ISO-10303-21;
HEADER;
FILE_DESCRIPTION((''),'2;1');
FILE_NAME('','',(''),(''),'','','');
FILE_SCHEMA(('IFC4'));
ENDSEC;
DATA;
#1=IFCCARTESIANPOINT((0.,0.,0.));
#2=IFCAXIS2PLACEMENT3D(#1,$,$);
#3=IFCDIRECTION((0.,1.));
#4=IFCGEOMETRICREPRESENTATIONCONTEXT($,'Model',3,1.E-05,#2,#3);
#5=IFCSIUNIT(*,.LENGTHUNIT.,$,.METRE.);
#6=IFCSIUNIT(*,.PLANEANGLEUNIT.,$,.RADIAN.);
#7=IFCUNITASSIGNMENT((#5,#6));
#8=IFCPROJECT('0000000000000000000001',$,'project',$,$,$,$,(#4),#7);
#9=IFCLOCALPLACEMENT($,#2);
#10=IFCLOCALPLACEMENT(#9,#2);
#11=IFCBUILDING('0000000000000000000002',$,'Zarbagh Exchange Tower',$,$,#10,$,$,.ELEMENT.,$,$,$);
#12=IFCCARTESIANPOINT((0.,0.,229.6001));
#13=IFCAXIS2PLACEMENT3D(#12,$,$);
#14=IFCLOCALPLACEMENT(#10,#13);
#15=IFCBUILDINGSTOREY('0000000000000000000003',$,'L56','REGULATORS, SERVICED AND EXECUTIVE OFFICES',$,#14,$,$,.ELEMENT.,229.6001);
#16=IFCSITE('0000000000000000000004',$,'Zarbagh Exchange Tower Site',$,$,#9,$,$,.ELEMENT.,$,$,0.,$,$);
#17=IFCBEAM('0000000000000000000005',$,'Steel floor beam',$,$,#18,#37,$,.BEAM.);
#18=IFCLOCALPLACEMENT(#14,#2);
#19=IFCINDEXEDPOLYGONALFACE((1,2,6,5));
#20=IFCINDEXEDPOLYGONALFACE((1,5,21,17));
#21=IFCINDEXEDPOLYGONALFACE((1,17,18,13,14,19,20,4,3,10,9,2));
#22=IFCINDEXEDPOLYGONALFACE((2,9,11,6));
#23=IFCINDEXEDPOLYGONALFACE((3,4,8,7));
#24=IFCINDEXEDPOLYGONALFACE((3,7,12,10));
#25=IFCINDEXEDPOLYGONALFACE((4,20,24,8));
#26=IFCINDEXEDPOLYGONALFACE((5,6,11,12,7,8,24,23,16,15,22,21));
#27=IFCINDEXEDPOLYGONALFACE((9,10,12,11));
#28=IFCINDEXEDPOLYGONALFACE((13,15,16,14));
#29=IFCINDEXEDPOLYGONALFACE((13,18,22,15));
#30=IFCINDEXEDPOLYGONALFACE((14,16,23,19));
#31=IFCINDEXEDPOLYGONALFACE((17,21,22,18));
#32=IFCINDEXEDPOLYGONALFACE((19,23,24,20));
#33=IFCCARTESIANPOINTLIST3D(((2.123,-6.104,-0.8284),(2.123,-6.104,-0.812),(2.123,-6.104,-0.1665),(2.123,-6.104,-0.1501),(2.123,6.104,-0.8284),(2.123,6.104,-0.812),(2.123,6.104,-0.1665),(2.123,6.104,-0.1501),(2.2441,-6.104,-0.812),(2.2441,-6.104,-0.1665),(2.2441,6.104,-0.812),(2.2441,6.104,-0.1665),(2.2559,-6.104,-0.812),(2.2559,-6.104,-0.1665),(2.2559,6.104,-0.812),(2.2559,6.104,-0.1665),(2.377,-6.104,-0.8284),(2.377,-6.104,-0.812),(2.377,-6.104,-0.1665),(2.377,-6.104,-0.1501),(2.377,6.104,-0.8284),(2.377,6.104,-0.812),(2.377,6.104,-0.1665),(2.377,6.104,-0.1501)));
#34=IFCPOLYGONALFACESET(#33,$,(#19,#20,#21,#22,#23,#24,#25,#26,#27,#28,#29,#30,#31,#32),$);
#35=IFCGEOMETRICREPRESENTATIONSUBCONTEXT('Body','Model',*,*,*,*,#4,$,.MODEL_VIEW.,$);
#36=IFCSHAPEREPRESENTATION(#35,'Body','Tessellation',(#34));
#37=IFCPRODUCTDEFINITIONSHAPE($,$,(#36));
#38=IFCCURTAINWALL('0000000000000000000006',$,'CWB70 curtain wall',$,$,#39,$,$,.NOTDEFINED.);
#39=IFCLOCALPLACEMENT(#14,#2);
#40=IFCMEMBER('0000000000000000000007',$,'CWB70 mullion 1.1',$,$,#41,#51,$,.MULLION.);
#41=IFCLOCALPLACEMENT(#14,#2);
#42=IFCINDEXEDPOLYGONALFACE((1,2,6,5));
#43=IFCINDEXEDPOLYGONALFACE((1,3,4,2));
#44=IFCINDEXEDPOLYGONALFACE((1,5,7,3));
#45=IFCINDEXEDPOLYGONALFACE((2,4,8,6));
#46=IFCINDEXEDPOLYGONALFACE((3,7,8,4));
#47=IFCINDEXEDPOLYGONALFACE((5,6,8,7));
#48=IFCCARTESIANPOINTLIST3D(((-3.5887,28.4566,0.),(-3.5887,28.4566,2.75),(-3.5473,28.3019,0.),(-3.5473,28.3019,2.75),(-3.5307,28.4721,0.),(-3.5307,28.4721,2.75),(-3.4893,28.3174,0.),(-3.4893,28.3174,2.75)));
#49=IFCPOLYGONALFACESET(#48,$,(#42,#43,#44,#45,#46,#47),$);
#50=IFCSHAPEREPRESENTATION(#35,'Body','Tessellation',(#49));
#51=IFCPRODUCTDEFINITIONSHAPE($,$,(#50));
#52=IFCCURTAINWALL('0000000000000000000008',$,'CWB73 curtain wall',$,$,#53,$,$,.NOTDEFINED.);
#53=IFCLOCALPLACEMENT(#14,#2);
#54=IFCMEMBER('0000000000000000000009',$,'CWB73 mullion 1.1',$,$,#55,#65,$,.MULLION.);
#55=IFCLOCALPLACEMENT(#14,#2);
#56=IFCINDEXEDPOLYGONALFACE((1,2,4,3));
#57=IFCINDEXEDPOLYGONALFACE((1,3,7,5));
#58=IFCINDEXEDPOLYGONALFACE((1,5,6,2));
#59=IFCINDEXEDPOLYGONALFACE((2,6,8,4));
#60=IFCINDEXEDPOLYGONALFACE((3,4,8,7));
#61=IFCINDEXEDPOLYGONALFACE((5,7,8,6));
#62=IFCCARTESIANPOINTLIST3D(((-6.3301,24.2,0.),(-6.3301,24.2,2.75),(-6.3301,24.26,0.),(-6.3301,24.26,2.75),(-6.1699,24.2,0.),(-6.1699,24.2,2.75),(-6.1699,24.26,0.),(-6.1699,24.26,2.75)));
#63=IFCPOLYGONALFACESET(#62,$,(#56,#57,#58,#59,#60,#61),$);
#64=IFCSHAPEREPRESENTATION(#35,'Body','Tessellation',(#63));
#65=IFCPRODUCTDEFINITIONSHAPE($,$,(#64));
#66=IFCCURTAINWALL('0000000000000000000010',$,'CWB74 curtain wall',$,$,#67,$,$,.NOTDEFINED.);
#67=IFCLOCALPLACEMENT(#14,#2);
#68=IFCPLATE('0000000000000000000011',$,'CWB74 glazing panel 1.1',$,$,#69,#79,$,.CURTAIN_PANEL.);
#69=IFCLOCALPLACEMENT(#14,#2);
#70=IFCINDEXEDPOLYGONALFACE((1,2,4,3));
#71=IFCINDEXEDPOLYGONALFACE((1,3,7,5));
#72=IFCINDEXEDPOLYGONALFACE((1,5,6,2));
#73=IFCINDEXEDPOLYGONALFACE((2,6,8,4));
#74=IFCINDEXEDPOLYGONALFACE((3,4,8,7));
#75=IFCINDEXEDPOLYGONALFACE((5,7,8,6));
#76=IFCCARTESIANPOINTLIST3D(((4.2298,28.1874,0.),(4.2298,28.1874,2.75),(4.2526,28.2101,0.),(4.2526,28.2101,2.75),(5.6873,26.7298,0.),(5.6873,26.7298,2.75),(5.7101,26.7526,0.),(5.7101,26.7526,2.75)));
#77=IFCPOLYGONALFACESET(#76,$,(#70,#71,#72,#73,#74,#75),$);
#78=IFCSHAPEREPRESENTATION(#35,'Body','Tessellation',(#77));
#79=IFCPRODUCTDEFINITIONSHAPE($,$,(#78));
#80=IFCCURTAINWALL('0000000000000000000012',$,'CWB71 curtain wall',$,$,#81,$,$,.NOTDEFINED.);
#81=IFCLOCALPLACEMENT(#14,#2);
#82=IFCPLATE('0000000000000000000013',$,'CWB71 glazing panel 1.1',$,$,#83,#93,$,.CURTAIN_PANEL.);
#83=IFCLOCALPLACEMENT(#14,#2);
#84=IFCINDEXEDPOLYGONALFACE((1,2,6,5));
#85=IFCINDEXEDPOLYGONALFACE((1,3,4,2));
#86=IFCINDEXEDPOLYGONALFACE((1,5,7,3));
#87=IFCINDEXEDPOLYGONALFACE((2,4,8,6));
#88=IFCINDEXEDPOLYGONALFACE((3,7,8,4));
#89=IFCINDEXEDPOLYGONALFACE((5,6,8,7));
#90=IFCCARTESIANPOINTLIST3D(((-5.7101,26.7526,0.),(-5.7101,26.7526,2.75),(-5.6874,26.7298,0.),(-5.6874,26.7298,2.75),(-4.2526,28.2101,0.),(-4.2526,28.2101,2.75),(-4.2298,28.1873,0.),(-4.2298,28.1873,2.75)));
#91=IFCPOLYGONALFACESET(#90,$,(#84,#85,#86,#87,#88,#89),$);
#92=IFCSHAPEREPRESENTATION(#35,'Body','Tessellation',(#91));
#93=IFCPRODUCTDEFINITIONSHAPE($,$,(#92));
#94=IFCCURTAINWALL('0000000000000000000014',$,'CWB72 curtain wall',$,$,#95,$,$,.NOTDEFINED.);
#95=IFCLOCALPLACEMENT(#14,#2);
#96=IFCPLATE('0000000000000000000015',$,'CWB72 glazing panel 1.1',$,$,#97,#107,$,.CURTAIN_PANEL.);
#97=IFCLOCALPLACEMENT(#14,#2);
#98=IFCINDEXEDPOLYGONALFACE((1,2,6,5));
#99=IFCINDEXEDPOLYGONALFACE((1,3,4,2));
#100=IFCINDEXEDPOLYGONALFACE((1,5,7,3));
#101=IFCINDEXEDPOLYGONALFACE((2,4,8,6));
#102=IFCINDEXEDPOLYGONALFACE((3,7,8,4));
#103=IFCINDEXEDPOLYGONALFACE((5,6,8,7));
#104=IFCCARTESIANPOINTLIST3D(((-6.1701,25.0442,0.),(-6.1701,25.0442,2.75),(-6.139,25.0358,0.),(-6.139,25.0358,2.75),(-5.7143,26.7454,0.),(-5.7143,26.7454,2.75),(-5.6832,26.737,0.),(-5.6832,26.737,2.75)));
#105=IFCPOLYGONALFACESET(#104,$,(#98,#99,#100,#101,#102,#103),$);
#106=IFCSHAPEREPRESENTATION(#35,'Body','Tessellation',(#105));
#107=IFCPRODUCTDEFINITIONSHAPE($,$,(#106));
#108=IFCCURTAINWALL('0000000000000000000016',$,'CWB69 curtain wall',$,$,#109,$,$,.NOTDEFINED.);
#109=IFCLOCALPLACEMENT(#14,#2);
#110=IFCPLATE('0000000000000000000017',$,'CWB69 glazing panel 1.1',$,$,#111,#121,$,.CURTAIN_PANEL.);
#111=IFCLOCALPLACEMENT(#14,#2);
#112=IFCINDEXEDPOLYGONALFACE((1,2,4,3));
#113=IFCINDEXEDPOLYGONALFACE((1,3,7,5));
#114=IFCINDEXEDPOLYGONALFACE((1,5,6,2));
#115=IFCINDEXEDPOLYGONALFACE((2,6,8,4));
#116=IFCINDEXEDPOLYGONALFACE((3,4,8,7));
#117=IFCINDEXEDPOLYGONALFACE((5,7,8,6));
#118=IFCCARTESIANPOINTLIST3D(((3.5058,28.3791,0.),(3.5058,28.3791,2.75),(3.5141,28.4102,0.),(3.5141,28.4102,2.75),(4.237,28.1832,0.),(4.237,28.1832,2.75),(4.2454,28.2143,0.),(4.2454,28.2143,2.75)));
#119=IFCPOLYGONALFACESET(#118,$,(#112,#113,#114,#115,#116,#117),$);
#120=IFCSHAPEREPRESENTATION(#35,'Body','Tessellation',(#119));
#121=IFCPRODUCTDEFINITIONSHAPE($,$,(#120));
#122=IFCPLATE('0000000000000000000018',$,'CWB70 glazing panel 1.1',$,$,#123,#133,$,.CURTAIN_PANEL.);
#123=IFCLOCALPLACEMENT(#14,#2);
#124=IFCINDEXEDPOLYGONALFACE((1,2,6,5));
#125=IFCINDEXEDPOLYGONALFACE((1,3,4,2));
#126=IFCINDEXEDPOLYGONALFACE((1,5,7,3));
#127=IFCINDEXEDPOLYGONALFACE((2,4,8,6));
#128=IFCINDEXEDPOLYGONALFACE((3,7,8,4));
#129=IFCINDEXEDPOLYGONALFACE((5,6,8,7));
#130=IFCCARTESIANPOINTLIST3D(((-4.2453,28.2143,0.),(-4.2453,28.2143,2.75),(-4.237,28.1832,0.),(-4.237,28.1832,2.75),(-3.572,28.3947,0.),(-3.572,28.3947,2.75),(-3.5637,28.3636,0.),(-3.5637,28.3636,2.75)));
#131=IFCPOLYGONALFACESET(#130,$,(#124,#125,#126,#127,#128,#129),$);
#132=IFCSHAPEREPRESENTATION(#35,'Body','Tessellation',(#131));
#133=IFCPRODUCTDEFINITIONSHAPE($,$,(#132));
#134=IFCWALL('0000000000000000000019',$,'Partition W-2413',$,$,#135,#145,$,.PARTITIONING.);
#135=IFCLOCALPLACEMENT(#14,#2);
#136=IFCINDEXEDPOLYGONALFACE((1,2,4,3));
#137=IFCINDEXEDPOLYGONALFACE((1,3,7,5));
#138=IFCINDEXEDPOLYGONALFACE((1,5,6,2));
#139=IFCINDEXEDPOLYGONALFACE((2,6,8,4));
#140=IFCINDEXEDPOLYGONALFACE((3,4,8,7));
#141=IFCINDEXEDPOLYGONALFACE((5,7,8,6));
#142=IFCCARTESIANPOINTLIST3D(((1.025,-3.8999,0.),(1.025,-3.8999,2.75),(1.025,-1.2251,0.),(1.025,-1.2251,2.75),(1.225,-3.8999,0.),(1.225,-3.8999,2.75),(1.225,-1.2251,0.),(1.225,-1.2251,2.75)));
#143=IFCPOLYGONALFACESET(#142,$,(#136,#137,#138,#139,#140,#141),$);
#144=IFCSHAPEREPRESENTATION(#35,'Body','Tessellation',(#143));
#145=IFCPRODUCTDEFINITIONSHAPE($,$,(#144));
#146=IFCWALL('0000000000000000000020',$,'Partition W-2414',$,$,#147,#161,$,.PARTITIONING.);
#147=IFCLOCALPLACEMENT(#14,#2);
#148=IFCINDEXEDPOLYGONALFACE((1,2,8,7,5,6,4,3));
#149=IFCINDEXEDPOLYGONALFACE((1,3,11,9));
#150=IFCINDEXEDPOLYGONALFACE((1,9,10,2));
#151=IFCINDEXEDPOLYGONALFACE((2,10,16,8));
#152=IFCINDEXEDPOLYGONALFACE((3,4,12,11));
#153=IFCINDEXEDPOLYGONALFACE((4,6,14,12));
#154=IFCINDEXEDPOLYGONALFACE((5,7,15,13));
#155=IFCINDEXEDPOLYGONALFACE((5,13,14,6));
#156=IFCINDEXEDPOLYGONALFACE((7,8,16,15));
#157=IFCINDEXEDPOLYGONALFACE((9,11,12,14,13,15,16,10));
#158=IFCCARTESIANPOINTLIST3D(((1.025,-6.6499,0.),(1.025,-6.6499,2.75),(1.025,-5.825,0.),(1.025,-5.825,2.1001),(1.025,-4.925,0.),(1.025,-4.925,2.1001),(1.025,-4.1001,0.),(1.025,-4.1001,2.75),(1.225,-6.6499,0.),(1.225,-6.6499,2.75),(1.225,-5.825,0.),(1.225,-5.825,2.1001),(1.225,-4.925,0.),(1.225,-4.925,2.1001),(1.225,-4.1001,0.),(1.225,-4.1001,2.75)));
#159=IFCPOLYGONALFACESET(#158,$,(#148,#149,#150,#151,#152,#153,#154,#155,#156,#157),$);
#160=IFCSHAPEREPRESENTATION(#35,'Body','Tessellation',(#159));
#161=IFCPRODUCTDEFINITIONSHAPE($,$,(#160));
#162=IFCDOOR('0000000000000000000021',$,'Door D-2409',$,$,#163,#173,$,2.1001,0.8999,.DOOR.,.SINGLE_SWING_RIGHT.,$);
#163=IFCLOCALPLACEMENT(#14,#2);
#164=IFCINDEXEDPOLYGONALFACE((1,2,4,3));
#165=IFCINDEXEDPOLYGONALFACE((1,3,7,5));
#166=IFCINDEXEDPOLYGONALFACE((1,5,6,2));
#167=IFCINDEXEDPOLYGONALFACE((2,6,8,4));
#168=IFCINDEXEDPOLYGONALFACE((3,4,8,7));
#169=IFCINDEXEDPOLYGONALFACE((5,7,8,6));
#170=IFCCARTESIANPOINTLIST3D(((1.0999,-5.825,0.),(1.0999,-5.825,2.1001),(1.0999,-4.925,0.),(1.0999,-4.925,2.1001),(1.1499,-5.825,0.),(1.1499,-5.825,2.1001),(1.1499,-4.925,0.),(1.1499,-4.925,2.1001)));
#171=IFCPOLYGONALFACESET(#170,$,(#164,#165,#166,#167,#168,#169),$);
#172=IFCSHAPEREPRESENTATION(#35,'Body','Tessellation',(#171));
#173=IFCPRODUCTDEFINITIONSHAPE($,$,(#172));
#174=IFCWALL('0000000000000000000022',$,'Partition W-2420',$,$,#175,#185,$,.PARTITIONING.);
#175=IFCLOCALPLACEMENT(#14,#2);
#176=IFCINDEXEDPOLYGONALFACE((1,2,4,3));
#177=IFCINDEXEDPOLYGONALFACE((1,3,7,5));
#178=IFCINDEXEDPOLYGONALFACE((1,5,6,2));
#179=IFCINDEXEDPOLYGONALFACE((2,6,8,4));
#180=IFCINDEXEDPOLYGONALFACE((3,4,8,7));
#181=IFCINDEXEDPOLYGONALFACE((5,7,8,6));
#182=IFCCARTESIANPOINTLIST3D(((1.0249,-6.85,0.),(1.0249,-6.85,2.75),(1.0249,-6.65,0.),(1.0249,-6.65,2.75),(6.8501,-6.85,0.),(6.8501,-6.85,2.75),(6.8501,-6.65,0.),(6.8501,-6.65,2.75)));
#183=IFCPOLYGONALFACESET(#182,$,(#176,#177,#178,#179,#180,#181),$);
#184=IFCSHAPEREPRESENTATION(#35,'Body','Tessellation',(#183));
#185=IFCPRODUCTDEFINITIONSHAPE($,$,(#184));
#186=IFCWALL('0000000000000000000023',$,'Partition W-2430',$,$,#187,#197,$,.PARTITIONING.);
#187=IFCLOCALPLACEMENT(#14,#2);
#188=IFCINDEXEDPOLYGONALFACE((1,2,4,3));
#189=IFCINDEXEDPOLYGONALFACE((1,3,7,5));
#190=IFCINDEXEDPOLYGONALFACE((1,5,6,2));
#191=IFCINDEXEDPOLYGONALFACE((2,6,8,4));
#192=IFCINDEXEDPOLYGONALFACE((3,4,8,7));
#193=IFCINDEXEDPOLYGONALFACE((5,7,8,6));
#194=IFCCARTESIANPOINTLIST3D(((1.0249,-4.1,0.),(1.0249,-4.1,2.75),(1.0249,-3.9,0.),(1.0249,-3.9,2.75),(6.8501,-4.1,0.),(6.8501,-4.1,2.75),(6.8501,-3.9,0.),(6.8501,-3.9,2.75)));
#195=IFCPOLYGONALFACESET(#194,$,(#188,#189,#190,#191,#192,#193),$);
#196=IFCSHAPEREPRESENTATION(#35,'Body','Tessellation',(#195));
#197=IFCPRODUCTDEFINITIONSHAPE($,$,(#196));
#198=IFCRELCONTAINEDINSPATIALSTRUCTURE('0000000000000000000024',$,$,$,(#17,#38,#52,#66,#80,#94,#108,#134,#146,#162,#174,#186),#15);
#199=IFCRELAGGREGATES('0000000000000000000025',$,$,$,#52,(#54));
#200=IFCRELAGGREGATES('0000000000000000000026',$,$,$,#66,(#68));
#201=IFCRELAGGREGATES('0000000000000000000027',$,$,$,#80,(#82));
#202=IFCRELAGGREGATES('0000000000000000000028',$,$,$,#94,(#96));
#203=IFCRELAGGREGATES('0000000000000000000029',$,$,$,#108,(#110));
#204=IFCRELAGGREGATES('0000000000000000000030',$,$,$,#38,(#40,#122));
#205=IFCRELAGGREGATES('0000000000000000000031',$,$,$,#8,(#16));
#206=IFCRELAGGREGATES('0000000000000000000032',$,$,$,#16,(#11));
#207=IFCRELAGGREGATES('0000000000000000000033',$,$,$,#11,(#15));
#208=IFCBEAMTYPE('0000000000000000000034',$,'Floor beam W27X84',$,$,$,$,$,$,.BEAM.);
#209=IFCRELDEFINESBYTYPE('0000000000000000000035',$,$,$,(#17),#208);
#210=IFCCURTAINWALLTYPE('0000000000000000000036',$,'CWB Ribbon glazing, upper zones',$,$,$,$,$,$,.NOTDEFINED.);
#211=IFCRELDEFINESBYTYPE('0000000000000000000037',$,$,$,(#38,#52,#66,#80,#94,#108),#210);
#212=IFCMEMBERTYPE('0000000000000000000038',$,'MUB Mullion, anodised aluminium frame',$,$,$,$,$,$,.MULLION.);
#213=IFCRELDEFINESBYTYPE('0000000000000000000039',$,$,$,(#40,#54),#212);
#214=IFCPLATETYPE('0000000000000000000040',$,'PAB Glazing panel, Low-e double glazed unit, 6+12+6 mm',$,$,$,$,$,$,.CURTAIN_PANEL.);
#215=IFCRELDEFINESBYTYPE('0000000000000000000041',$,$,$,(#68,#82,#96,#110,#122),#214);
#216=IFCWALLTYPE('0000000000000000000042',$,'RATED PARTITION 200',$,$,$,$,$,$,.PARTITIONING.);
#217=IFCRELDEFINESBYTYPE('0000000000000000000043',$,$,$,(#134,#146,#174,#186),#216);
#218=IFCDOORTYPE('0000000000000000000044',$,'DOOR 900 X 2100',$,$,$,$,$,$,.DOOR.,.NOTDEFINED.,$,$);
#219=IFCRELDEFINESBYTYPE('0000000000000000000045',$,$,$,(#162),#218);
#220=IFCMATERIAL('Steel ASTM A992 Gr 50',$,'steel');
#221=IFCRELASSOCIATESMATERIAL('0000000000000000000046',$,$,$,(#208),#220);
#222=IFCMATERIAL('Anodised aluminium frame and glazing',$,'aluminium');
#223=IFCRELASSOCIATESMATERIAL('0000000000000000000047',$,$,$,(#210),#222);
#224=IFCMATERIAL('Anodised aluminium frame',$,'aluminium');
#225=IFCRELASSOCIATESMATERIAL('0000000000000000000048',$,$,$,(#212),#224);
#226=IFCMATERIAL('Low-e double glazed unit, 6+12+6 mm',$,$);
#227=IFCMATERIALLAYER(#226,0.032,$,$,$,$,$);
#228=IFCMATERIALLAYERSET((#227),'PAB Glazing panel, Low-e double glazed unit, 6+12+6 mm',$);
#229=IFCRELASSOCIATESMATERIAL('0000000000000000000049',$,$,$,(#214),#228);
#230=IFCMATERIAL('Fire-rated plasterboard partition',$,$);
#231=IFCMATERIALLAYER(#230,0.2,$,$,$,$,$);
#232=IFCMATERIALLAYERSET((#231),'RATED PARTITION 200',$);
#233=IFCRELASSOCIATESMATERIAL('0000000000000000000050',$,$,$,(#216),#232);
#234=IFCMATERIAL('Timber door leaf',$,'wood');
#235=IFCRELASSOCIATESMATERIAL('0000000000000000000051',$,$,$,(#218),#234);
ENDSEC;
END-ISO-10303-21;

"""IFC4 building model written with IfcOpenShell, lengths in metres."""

from ifc_helpers import new_model, si_unit, direction, frame, frame_2d, origin, origin_2d, place, context, subcontext, project, spatial, polyline, rectangle, i_section, outline, extrude, source, transform, mapped, material, layer, layer_set, material_profile, profile_set, type_object, element, fill, aggregate, save


model = new_model("IFC4")

# Units and contexts
model_context = context("Model", 3, precision=1e-05, world=origin(), true_north=direction((0.0, 1.0)))
body_context = subcontext(model_context, "Body", "Model", "MODEL_VIEW")
ifc_project = project(units=[si_unit("LENGTHUNIT", "METRE"), si_unit("PLANEANGLEUNIT", "RADIAN")], contexts=[model_context])

# Site, building, storey
site_placement = place(None, origin())
site = spatial("IfcSite", under=ifc_project, at=site_placement, Name="Zarbagh Exchange Tower Site", CompositionType="ELEMENT", RefElevation=0.0)
building_placement = place(site_placement, origin())
building = spatial("IfcBuilding", under=site, at=building_placement, Name="Zarbagh Exchange Tower", CompositionType="ELEMENT")
storey_placement = place(building_placement, frame((0.0, 0.0, 229.6001)))
storey = spatial("IfcBuildingStorey", under=building, at=storey_placement, Name="L56", Description="REGULATORS, SERVICED AND EXECUTIVE OFFICES", CompositionType="ELEMENT", Elevation=229.6001)

# Beam
ifc_material_1 = material(Name="Steel ASTM A992 Gr 50", Category="steel")
ifc_material_profile = material_profile(ifc_material_1, i_section(OverallWidth=0.2539, OverallDepth=0.6782, WebThickness=0.0117, FlangeThickness=0.0164, at=origin_2d()), Name="W27X84")
ifc_profile_set = profile_set([ifc_material_profile], Name="Steel ASTM A992 Gr 50")
beam_type = type_object("IfcBeamType", Name="Floor beam W27X84", PredefinedType="BEAM", material=ifc_profile_set)
beam_placement = place(storey_placement, frame((2.25, -6.104, -0.4893), z_axis=(0.0, 1.0, 0.0), x_axis=(-1.0, 0.0, 0.0)))
element("IfcBeam", 1, at=beam_placement, inside=storey, type_object=beam_type, Name="Steel floor beam", PredefinedType="BEAM", context=body_context, shape_type="SweptSolid", body=[
    extrude(i_section(OverallWidth=0.2539, OverallDepth=0.6782, WebThickness=0.0117, FlangeThickness=0.0164, at=origin_2d()), origin(), (0.0, 0.0, 1.0), 12.208),
])

# Curtain walls, members
ifc_material_2 = material(Name="Anodised aluminium frame and glazing", Category="aluminium")
curtain_wall_type = type_object("IfcCurtainWallType", Name="CWB Ribbon glazing, upper zones", PredefinedType="NOTDEFINED", material=ifc_material_2)
curtain_wall_1_placement = place(storey_placement, origin())
curtain_wall_1 = element("IfcCurtainWall", 2, at=curtain_wall_1_placement, inside=storey, type_object=curtain_wall_type, Name="CWB70 curtain wall", PredefinedType="NOTDEFINED")
ifc_material_3 = material(Name="Anodised aluminium frame", Category="aluminium")
member_type = type_object("IfcMemberType", Name="MUB Mullion, anodised aluminium frame", PredefinedType="MULLION", material=ifc_material_3)
shared_shape_1 = source(origin(), body_context, "Body", "SweptSolid", [
    extrude(outline(polyline([(0.0, -0.0801), (0.0601, -0.0801), (0.0601, 0.0801), (0.0, 0.0801), (0.0, -0.0801)])), origin(), (0.0, 0.0, 1.0), 2.75),
])
placement = place(storey_placement, origin())
member_1 = element("IfcMember", 3, at=placement, type_object=member_type, Name="CWB70 mullion 1.1", PredefinedType="MULLION", context=body_context, shape_type="MappedRepresentation", body=[
    mapped(shared_shape_1, transform((-3.51, 28.3948, 0.0), x_axis=(-0.965924, -0.258825, 0.0), y_axis=(0.258825, -0.965924, 0.0), z_axis=(0.0, 0.0, 1.0))),
])
curtain_wall_2_placement = place(storey_placement, origin())
curtain_wall_2 = element("IfcCurtainWall", 4, at=curtain_wall_2_placement, inside=storey, type_object=curtain_wall_type, Name="CWB73 curtain wall", PredefinedType="NOTDEFINED")
member_2 = element("IfcMember", 5, at=placement, type_object=member_type, Name="CWB73 mullion 1.1", PredefinedType="MULLION", context=body_context, shape_type="MappedRepresentation", body=[
    mapped(shared_shape_1, transform((-6.25, 24.26, 0.0), x_axis=(0.0, -1.0, 0.0), y_axis=(1.0, 0.0, 0.0), z_axis=(0.0, 0.0, 1.0))),
])
aggregate(curtain_wall_2, [member_2])

# Curtain walls, plates
curtain_wall_3_placement = place(storey_placement, origin())
curtain_wall_3 = element("IfcCurtainWall", 6, at=curtain_wall_3_placement, inside=storey, type_object=curtain_wall_type, Name="CWB74 curtain wall", PredefinedType="NOTDEFINED")
ifc_material_4 = material(Name="Low-e double glazed unit, 6+12+6 mm")
ifc_layer_1 = layer(ifc_material_4, 0.032)
ifc_layer_set_1 = layer_set([ifc_layer_1], Name="PAB Glazing panel, Low-e double glazed unit, 6+12+6 mm")
plate_type = type_object("IfcPlateType", Name="PAB Glazing panel, Low-e double glazed unit, 6+12+6 mm", PredefinedType="CURTAIN_PANEL", material=ifc_layer_set_1)
shared_shape_2 = source(origin(), body_context, "Body", "SweptSolid", [
    extrude(outline(polyline([(0.0, -0.0161), (2.0613, -0.0161), (2.0613, 0.0161), (0.0, 0.0161), (0.0, -0.0161)])), origin(), (0.0, 0.0, 1.0), 2.75),
])
plate_1 = element("IfcPlate", 7, at=placement, type_object=plate_type, Name="CWB74 glazing panel 1.1", PredefinedType="CURTAIN_PANEL", context=body_context, shape_type="MappedRepresentation", body=[
    mapped(shared_shape_2, transform((5.6987, 26.7412, 0.0), x_axis=(-0.707107, 0.707107, 0.0), y_axis=(-0.707107, -0.707107, 0.0), z_axis=(0.0, 0.0, 1.0))),
])
aggregate(curtain_wall_3, [plate_1])
curtain_wall_4_placement = place(storey_placement, origin())
curtain_wall_4 = element("IfcCurtainWall", 8, at=curtain_wall_4_placement, inside=storey, type_object=curtain_wall_type, Name="CWB71 curtain wall", PredefinedType="NOTDEFINED")
plate_2 = element("IfcPlate", 9, at=placement, type_object=plate_type, Name="CWB71 glazing panel 1.1", PredefinedType="CURTAIN_PANEL", context=body_context, shape_type="MappedRepresentation", body=[
    mapped(shared_shape_2, transform((-4.2412, 28.1987, 0.0), x_axis=(-0.707107, -0.707107, 0.0), y_axis=(0.707107, -0.707107, 0.0), z_axis=(0.0, 0.0, 1.0))),
])
aggregate(curtain_wall_4, [plate_2])
curtain_wall_5_placement = place(storey_placement, origin())
curtain_wall_5 = element("IfcCurtainWall", 10, at=curtain_wall_5_placement, inside=storey, type_object=curtain_wall_type, Name="CWB72 curtain wall", PredefinedType="NOTDEFINED")
shared_shape_3 = source(origin(), body_context, "Body", "SweptSolid", [
    extrude(outline(polyline([(0.0, -0.0161), (1.7612, -0.0161), (1.7612, 0.0161), (0.0, 0.0161), (0.0, -0.0161)])), origin(), (0.0, 0.0, 1.0), 2.75),
])
plate_3 = element("IfcPlate", 11, at=placement, type_object=plate_type, Name="CWB72 glazing panel 1.1", PredefinedType="CURTAIN_PANEL", context=body_context, shape_type="MappedRepresentation", body=[
    mapped(shared_shape_3, transform((-5.6987, 26.7412, 0.0), x_axis=(-0.258825, -0.965924, 0.0), y_axis=(0.965924, -0.258825, 0.0), z_axis=(0.0, 0.0, 1.0))),
])
aggregate(curtain_wall_5, [plate_3])
curtain_wall_6_placement = place(storey_placement, origin())
curtain_wall_6 = element("IfcCurtainWall", 12, at=curtain_wall_6_placement, inside=storey, type_object=curtain_wall_type, Name="CWB69 curtain wall", PredefinedType="NOTDEFINED")
shared_shape_4 = source(origin(), body_context, "Body", "SweptSolid", [
    extrude(outline(polyline([(0.0, -0.0161), (0.7571, -0.0161), (0.7571, 0.0161), (0.0, 0.0161), (0.0, -0.0161)])), origin(), (0.0, 0.0, 1.0), 2.75),
])
plate_4 = element("IfcPlate", 13, at=placement, type_object=plate_type, Name="CWB69 glazing panel 1.1", PredefinedType="CURTAIN_PANEL", context=body_context, shape_type="MappedRepresentation", body=[
    mapped(shared_shape_4, transform((4.2412, 28.1987, 0.0), x_axis=(-0.965924, 0.258825, 0.0), y_axis=(-0.258825, -0.965924, 0.0), z_axis=(0.0, 0.0, 1.0))),
])
aggregate(curtain_wall_6, [plate_4])

# Plate
shared_shape_5 = source(origin(), body_context, "Body", "SweptSolid", [
    extrude(outline(polyline([(0.0, -0.0161), (0.697, -0.0161), (0.697, 0.0161), (0.0, 0.0161), (0.0, -0.0161)])), origin(), (0.0, 0.0, 1.0), 2.75),
])
plate_5 = element("IfcPlate", 14, at=placement, type_object=plate_type, Name="CWB70 glazing panel 1.1", PredefinedType="CURTAIN_PANEL", context=body_context, shape_type="MappedRepresentation", body=[
    mapped(shared_shape_5, transform((-3.5679, 28.3792, 0.0), x_axis=(-0.965924, -0.258825, 0.0), y_axis=(0.258825, -0.965924, 0.0), z_axis=(0.0, 0.0, 1.0))),
])
aggregate(curtain_wall_1, [member_1, plate_5])

# Wall
ifc_material_5 = material(Name="Fire-rated plasterboard partition")
ifc_layer_2 = layer(ifc_material_5, 0.2)
ifc_layer_set_2 = layer_set([ifc_layer_2], Name="RATED PARTITION 200")
wall_type_1 = type_object("IfcWallType", Name="RATED PARTITION 200", PredefinedType="PARTITIONING", material=ifc_layer_set_2)
wall_1_placement = place(storey_placement, frame((1.125, -3.8999, 0.0), z_axis=(0.0, 0.0, 1.0), x_axis=(0.0, 1.0, 0.0)))
element("IfcWall", 15, at=wall_1_placement, inside=storey, type_object=wall_type_1, Name="Partition W-2413", PredefinedType="PARTITIONING", context=body_context, shape_type="SweptSolid", body=[
    extrude(rectangle(XDim=2.6748, YDim=0.2, at=frame_2d((1.3374, 0.0))), origin(), (0.0, 0.0, 1.0), 2.75),
])

# Wall, opening, door
wall_2_placement = place(storey_placement, frame((1.125, -4.1001, 0.0), z_axis=(0.0, 0.0, 1.0), x_axis=(0.0, -1.0, 0.0)))
wall_2 = element("IfcWall", 16, at=wall_2_placement, inside=storey, type_object=wall_type_1, Name="Partition W-2414", PredefinedType="PARTITIONING", context=body_context, shape_type="SweptSolid", body=[
    extrude(rectangle(XDim=2.5498, YDim=0.2, at=frame_2d((1.2749, 0.0))), origin(), (0.0, 0.0, 1.0), 2.75),
])
opening_1_placement = place(wall_2_placement, frame((0.825, 0.0, 0.0)))
opening_1 = element("IfcOpeningElement", 17, at=opening_1_placement, cuts=wall_2, PredefinedType="OPENING", context=body_context, shape_type="SweptSolid", body=[
    extrude(rectangle(XDim=0.8999, YDim=2.1001, at=frame_2d((0.45, 1.05))), frame((0.0, 0.1099, 0.0), z_axis=(0.0, -1.0, 0.0), x_axis=(1.0, 0.0, 0.0)), (0.0, 0.0, 1.0), 0.22),
])
ifc_material_6 = material(Name="Timber door leaf", Category="wood")
door_type_1 = type_object("IfcDoorType", Name="DOOR 900 X 2100", OperationType="NOTDEFINED", PredefinedType="DOOR", material=ifc_material_6)
door_1_placement = place(opening_1_placement, origin())
door_1 = element("IfcDoor", 18, at=door_1_placement, inside=storey, type_object=door_type_1, Name="Door D-2409", OperationType="SINGLE_SWING_RIGHT", OverallHeight=2.1001, OverallWidth=0.8999, PredefinedType="DOOR", context=body_context, shape_type="SweptSolid", body=[
    extrude(rectangle(XDim=0.8999, YDim=2.1001, at=frame_2d((0.45, 1.05))), frame((0.0, 0.0249, 0.0), z_axis=(0.0, -1.0, 0.0), x_axis=(1.0, 0.0, 0.0)), (0.0, 0.0, 1.0), 0.05),
])
fill(opening_1, door_1)

# Walls
for number, where, z_axis, x_axis, name in (
    (19, (1.0249, -6.75, 0.0), (0.0, 0.0, 1.0), (1.0, 0.0, 0.0), "Partition W-2420"),
    (20, (1.0249, -4.0, 0.0), (0.0, 0.0, 1.0), (1.0, 0.0, 0.0), "Partition W-2430"),
):
    element("IfcWall", number, at=place(storey_placement, frame(where, z_axis=z_axis, x_axis=x_axis)), inside=storey, type_object=wall_type_1, Name=name, PredefinedType="PARTITIONING", context=body_context, shape_type="SweptSolid", body=[
        extrude(rectangle(XDim=5.8252, YDim=0.2, at=frame_2d((2.9126, 0.0))), origin(), (0.0, 0.0, 1.0), 2.75),
    ])

save(model, "model.ifc")
